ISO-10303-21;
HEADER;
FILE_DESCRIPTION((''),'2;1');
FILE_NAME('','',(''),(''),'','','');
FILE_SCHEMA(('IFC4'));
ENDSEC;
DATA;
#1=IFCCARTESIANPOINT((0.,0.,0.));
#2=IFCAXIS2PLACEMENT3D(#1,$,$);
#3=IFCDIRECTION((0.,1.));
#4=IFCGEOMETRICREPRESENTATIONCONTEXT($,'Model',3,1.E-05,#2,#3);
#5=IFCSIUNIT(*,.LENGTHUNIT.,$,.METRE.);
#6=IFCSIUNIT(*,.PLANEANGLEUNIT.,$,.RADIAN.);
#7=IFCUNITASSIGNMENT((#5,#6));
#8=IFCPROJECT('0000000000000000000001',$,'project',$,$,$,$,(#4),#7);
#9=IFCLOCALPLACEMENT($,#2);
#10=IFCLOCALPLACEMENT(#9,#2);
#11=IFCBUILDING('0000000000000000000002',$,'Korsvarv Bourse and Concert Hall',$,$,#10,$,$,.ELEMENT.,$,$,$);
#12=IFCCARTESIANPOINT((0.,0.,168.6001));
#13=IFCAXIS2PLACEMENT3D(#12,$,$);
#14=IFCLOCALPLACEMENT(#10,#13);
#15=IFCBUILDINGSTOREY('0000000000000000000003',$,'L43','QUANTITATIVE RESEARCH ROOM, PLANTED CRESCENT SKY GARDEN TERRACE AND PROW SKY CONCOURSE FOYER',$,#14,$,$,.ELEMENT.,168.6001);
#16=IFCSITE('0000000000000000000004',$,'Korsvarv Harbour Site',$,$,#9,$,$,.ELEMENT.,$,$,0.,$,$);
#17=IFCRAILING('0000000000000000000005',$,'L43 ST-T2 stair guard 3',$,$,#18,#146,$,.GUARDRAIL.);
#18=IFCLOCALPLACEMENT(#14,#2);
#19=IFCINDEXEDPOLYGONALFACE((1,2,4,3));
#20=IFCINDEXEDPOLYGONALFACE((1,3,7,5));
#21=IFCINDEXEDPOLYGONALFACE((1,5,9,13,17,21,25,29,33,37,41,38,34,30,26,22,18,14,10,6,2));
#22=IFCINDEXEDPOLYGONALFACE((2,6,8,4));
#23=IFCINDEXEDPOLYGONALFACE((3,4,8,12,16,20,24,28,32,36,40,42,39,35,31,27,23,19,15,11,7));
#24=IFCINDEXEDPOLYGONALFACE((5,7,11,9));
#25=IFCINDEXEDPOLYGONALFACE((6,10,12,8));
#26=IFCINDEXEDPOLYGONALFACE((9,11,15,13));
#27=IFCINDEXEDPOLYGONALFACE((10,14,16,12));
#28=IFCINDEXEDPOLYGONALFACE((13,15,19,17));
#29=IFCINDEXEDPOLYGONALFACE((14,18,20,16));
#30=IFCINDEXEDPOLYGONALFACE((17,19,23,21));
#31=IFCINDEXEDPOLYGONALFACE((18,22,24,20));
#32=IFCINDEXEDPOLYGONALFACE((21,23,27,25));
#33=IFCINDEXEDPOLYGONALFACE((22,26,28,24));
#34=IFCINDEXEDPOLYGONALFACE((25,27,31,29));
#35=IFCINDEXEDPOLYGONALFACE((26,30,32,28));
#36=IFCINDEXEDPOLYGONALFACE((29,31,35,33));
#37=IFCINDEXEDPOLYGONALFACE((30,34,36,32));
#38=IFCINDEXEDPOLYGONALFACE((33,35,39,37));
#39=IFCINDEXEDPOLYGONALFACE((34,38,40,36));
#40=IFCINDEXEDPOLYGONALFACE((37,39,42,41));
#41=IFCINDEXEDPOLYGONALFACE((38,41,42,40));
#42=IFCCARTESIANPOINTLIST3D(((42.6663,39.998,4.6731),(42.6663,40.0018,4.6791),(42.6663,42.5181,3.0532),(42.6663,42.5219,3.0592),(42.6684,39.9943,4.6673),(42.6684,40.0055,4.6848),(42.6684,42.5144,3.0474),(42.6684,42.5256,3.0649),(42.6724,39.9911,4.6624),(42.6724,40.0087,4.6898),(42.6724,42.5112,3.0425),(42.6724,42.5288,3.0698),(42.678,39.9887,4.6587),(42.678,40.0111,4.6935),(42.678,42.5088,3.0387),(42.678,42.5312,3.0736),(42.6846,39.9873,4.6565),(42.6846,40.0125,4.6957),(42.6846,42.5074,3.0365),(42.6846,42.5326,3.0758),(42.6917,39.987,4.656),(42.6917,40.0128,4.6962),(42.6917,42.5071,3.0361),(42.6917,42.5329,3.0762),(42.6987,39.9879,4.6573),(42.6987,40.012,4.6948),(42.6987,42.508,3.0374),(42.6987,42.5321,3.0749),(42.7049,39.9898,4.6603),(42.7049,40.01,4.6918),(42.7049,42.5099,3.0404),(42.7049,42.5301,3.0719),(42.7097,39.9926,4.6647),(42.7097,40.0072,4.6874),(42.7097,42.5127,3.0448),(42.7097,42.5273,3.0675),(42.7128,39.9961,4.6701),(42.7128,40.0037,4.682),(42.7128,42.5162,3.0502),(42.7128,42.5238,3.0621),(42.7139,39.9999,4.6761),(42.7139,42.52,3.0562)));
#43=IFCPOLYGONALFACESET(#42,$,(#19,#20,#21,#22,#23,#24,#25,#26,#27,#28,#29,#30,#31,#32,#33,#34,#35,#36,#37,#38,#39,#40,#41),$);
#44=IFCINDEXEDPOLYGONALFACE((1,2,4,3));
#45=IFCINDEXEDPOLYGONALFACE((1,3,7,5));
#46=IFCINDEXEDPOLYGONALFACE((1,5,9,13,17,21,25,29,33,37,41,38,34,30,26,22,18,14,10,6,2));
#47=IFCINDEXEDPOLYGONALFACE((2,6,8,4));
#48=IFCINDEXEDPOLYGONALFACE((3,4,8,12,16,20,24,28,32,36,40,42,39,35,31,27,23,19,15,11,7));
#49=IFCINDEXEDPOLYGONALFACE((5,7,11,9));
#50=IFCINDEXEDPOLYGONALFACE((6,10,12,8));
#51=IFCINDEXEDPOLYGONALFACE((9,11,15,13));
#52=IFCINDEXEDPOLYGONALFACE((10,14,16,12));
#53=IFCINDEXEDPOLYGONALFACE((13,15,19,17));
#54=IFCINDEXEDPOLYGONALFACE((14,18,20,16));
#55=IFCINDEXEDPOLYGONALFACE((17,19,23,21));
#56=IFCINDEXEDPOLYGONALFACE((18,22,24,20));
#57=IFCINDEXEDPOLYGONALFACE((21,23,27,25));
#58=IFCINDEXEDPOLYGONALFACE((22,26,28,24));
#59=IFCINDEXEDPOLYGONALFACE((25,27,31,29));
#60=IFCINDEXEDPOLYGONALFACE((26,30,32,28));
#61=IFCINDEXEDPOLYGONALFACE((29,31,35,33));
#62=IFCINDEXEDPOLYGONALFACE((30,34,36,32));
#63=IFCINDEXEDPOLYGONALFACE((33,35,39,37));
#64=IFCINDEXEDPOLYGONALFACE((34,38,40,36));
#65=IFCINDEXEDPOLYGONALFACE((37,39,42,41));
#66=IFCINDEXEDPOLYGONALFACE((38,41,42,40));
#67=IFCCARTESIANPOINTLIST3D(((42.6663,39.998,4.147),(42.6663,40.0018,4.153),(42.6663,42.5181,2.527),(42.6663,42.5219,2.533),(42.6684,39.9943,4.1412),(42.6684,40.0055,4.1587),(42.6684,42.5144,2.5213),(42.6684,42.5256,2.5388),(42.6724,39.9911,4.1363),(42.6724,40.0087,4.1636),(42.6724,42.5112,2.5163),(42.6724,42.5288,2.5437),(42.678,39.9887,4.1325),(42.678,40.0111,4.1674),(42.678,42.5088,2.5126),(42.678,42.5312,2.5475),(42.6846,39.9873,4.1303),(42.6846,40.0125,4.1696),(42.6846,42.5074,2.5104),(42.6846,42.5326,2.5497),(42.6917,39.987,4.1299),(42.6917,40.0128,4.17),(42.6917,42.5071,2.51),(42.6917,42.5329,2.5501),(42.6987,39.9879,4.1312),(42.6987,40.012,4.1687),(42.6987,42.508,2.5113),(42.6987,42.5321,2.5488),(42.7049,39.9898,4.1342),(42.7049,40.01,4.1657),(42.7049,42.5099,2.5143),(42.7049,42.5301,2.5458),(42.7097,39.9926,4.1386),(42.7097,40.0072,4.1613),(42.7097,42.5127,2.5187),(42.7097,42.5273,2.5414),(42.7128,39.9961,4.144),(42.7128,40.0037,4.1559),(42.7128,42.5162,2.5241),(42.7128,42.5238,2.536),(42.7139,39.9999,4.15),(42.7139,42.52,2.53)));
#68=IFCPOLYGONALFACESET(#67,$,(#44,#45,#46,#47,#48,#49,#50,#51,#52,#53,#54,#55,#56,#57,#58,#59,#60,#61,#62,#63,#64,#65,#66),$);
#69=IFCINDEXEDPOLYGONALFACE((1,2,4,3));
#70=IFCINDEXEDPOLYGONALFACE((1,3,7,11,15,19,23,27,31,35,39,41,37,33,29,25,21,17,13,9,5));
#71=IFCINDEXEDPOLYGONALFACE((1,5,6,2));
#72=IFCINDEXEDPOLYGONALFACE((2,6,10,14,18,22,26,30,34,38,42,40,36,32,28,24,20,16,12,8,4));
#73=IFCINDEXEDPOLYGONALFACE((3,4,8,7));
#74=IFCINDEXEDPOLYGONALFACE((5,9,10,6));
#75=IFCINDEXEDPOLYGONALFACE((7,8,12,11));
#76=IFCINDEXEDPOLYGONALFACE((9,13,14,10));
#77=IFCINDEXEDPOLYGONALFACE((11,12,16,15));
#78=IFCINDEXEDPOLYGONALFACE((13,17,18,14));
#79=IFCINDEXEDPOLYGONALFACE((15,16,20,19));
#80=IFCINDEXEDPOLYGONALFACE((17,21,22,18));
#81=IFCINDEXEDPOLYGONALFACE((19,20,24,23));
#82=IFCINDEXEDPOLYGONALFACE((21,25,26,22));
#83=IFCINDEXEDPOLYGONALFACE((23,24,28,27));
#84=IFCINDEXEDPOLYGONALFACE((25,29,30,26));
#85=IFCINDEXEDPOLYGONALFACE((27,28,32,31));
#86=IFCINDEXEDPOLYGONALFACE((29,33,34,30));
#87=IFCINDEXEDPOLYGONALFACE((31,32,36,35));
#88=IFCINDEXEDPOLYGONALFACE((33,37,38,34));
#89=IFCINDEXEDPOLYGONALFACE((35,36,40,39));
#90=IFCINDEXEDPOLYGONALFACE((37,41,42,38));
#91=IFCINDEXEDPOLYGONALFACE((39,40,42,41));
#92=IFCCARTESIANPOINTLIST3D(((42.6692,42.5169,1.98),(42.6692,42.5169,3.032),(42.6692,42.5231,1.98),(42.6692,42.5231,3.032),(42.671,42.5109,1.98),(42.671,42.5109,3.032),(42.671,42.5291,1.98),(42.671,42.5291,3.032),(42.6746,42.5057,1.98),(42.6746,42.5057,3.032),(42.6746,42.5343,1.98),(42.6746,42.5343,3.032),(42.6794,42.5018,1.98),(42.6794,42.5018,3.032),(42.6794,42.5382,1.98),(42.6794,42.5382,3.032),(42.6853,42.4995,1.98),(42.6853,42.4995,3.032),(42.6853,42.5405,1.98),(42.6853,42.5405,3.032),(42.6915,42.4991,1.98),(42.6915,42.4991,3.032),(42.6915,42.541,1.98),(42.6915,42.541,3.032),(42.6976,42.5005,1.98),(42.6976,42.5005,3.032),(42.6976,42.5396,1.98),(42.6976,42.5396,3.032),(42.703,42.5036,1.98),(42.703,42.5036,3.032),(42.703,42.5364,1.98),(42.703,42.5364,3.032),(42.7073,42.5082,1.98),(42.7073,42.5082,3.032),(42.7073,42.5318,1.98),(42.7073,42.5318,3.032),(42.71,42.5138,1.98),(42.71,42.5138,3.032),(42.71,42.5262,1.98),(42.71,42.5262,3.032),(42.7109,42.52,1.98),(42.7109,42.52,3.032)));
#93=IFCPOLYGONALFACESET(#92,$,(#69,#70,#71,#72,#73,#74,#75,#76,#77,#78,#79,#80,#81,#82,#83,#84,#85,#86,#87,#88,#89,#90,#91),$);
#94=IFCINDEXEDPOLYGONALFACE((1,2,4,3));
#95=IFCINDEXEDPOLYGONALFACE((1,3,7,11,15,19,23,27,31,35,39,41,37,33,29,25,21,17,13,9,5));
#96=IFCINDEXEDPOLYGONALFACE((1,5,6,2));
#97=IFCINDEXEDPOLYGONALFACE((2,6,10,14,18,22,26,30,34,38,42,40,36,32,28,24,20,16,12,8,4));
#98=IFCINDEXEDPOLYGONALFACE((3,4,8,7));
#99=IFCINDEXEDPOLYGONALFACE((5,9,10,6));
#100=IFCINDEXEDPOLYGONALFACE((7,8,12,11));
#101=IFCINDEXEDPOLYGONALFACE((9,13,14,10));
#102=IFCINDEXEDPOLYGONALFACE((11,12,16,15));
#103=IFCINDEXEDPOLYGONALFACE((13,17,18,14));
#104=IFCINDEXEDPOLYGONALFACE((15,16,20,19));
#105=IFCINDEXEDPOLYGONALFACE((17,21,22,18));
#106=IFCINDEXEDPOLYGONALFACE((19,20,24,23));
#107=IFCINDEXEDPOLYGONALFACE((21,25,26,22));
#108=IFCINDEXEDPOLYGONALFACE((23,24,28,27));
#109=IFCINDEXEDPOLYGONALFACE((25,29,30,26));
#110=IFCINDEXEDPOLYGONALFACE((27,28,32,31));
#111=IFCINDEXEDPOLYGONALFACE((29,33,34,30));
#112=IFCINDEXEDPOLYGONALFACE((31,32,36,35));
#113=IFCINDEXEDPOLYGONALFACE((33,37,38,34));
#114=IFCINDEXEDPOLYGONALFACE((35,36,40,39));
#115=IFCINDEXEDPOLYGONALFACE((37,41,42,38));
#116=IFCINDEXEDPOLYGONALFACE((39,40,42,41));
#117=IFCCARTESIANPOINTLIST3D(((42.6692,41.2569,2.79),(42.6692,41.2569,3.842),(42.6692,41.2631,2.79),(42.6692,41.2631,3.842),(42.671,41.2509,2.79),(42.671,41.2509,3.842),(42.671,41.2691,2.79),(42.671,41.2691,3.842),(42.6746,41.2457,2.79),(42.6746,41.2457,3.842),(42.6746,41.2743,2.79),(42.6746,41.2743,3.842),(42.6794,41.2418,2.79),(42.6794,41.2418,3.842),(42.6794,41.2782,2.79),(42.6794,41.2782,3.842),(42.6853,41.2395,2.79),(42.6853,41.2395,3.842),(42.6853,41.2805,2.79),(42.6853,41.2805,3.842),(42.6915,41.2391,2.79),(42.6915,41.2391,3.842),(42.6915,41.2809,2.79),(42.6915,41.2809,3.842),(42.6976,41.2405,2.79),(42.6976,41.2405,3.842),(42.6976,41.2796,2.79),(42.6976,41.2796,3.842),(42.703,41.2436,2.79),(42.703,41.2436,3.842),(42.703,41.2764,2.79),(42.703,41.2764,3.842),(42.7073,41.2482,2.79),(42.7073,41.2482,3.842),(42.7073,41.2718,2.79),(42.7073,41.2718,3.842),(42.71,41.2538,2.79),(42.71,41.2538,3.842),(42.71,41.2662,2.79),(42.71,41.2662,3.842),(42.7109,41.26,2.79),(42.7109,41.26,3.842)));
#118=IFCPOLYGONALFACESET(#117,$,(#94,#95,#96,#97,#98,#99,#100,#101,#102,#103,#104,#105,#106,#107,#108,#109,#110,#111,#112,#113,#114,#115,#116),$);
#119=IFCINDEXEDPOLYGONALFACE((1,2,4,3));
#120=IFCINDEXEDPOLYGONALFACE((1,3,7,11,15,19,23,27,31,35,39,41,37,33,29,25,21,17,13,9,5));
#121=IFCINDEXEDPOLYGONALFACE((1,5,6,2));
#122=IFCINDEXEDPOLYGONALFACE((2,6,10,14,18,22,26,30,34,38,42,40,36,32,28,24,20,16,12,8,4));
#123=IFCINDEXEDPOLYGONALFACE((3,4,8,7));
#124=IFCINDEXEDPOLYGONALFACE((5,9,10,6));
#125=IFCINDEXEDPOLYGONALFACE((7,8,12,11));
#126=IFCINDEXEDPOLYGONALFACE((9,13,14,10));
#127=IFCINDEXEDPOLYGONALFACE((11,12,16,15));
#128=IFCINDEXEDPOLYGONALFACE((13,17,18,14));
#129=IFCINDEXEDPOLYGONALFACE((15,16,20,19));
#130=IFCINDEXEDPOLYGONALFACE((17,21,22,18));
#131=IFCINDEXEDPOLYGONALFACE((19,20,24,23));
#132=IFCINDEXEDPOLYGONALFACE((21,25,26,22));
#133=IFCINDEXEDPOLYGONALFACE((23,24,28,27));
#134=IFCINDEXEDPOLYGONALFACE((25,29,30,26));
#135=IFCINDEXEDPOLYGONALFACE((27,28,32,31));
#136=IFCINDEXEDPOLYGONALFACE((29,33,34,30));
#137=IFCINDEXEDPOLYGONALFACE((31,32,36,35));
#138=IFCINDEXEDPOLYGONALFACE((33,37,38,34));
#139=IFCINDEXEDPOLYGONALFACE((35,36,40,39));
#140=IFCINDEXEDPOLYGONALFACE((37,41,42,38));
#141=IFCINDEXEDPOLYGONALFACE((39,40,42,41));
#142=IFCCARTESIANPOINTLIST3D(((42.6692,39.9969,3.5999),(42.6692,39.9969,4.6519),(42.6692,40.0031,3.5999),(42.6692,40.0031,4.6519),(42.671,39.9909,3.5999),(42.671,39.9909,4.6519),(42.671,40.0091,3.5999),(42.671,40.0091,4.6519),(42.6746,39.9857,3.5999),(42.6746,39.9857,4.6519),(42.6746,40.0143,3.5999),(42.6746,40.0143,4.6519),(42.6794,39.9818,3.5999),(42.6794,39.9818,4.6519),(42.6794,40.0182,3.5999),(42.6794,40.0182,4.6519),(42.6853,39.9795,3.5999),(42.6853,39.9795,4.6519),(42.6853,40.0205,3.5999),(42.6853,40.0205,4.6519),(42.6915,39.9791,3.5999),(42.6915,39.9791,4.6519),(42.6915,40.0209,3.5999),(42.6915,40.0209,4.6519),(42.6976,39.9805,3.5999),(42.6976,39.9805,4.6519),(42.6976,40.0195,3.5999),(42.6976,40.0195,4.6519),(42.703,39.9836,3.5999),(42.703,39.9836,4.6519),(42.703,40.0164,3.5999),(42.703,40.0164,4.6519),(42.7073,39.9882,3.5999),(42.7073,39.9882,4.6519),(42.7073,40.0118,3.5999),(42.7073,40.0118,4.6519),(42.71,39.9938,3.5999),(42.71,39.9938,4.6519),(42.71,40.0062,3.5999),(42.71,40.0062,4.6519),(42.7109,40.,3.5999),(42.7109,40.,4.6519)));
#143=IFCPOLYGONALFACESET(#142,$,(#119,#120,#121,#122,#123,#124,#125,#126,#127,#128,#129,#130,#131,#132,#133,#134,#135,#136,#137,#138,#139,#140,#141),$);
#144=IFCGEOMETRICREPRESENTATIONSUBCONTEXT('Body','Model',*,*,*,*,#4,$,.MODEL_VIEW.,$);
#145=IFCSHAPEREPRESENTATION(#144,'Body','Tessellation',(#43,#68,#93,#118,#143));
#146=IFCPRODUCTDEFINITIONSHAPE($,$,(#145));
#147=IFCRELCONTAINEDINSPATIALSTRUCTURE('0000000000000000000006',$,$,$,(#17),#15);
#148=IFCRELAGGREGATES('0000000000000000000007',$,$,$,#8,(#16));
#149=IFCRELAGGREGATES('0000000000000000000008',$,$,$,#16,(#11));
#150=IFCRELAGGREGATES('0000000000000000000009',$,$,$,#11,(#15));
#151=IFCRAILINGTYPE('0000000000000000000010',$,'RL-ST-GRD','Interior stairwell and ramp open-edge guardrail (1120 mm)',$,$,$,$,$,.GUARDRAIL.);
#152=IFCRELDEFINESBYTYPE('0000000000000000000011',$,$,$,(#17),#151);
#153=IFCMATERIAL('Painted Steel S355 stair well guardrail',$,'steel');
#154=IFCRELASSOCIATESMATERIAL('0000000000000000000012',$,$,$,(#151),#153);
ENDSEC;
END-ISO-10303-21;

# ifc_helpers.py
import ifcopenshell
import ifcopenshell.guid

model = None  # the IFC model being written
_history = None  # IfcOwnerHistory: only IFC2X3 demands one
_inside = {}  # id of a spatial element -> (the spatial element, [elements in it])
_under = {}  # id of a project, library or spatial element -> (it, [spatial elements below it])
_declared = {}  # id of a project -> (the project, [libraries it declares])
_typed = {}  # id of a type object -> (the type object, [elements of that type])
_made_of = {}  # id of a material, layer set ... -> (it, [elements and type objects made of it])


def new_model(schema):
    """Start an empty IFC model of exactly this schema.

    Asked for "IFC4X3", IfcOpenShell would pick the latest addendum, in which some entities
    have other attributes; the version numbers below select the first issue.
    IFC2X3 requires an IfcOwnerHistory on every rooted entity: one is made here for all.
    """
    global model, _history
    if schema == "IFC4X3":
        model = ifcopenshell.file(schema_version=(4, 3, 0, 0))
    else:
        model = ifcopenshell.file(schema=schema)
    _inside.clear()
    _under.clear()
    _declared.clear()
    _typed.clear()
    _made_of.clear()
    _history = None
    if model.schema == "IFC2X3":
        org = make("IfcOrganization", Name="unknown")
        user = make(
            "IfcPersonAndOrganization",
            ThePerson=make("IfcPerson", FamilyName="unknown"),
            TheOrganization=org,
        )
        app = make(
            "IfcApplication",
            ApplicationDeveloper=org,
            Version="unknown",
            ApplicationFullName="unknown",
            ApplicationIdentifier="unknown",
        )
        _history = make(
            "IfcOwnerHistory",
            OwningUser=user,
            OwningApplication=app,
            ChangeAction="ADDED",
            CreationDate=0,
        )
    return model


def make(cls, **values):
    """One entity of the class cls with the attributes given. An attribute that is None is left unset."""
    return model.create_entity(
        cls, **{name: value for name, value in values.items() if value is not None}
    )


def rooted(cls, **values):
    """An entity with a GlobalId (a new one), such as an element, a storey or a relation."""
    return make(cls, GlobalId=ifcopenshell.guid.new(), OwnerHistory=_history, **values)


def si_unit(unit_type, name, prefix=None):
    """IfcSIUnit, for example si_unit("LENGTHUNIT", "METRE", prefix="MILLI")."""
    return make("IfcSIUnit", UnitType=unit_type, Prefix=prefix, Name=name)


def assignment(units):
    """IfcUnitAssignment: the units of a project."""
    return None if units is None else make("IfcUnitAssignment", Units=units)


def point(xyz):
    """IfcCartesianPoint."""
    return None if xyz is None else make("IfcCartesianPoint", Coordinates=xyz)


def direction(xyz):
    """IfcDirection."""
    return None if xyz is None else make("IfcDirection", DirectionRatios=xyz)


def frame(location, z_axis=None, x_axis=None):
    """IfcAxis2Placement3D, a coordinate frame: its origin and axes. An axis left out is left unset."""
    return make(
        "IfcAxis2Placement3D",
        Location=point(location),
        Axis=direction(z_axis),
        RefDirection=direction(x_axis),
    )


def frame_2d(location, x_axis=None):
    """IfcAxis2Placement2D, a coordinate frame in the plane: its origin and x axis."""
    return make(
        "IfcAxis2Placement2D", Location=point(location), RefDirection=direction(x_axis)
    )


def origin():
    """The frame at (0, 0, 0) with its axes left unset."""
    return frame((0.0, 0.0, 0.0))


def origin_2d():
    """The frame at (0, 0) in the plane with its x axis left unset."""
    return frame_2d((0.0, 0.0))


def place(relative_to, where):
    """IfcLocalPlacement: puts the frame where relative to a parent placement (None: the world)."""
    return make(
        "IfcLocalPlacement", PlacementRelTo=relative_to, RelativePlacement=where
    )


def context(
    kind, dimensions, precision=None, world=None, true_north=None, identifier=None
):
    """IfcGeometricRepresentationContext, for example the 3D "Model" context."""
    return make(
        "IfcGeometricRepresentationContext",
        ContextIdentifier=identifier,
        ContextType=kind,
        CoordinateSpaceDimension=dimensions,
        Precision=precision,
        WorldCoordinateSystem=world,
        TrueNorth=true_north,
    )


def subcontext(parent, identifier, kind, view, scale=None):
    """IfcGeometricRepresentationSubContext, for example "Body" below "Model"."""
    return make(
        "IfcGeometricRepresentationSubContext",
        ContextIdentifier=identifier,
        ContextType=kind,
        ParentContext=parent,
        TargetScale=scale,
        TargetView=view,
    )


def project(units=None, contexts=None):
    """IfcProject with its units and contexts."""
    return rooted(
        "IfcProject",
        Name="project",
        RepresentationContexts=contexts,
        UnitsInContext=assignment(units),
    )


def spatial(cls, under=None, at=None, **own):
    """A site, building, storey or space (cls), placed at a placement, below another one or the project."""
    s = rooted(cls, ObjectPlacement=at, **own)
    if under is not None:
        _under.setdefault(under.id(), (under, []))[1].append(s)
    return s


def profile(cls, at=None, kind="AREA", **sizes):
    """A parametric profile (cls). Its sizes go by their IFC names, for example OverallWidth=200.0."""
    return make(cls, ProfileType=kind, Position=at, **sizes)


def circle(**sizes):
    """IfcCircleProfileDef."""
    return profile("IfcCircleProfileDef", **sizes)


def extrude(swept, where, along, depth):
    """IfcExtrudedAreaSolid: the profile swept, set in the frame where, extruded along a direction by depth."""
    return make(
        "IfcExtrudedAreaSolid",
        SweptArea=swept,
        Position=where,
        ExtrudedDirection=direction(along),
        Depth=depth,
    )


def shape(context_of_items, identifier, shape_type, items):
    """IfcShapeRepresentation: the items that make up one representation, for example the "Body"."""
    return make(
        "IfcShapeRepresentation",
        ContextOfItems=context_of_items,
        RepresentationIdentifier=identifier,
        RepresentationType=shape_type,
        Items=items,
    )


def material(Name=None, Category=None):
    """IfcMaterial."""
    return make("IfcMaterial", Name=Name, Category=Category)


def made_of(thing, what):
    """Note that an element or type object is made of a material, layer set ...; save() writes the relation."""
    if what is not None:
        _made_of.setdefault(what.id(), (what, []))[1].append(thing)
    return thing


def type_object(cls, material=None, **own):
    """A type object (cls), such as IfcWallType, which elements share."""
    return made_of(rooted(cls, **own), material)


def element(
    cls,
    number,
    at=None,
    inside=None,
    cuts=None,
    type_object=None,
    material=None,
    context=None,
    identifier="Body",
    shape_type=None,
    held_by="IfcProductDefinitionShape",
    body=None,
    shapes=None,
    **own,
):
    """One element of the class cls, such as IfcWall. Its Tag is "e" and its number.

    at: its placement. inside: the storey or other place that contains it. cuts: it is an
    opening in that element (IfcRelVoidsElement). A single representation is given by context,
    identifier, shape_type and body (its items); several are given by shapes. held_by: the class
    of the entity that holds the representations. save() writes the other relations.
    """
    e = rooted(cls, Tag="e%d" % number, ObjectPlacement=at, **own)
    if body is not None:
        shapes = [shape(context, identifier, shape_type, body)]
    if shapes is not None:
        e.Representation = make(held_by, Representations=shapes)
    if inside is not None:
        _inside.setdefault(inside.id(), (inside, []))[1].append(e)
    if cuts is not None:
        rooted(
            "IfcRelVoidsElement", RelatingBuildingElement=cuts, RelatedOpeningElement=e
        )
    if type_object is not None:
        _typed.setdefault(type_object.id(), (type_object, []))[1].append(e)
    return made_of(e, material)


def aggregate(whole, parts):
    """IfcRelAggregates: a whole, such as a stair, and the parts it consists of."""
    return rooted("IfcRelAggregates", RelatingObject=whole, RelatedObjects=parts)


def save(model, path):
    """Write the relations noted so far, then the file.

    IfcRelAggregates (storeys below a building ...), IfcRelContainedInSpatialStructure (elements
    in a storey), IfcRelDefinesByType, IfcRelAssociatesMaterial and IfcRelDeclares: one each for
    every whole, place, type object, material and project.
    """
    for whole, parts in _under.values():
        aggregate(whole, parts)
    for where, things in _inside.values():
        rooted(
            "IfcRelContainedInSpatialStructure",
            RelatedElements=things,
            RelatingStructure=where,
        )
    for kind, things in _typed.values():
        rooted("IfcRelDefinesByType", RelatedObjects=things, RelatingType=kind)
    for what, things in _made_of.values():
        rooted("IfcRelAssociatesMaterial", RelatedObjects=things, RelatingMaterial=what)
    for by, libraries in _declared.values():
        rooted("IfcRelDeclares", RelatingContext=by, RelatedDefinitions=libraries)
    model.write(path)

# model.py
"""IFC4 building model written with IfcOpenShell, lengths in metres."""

from ifc_helpers import new_model, si_unit, direction, frame, origin, origin_2d, place, context, subcontext, project, spatial, circle, extrude, material, type_object, element, save


model = new_model("IFC4")

# Units and contexts
model_context = context("Model", 3, precision=1e-05, world=origin(), true_north=direction((0.0, 1.0)))
body_context = subcontext(model_context, "Body", "Model", "MODEL_VIEW")
ifc_project = project(units=[si_unit("LENGTHUNIT", "METRE"), si_unit("PLANEANGLEUNIT", "RADIAN")], contexts=[model_context])

# Site, building, storey
site_placement = place(None, origin())
site = spatial("IfcSite", under=ifc_project, at=site_placement, Name="Korsvarv Harbour Site", CompositionType="ELEMENT", RefElevation=0.0)
building_placement = place(site_placement, origin())
building = spatial("IfcBuilding", under=site, at=building_placement, Name="Korsvarv Bourse and Concert Hall", CompositionType="ELEMENT")
storey_placement = place(building_placement, frame((0.0, 0.0, 168.6001)))
storey = spatial("IfcBuildingStorey", under=building, at=storey_placement, Name="L43", Description="QUANTITATIVE RESEARCH ROOM, PLANTED CRESCENT SKY GARDEN TERRACE AND PROW SKY CONCOURSE FOYER", CompositionType="ELEMENT", Elevation=168.6001)

# Railing
ifc_material_1 = material(Name="Painted Steel S355 stair well guardrail", Category="steel")
railing_type_1 = type_object("IfcRailingType", Name="RL-ST-GRD", Description="Interior stairwell and ramp open-edge guardrail (1120 mm)", PredefinedType="GUARDRAIL", material=ifc_material_1)
railing_1_placement = place(storey_placement, frame((42.6899, 42.52, 1.98)))
element("IfcRailing", 1, at=railing_1_placement, inside=storey, type_object=railing_type_1, Name="L43 ST-T2 stair guard 3", PredefinedType="GUARDRAIL", context=body_context, shape_type="SweptSolid", body=[
    extrude(circle(Radius=0.0239, at=origin_2d()), frame((0.0, 0.0, 1.0762), z_axis=(0.0, -0.8412, 0.540725), x_axis=(1.0, 0.0, 0.0)), (0.0, 0.0, 1.0), 2.9958),
    extrude(circle(Radius=0.0239, at=origin_2d()), frame((0.0, 0.0, 0.55), z_axis=(0.0, -0.8412, 0.540725), x_axis=(1.0, 0.0, 0.0)), (0.0, 0.0, 1.0), 2.9958),
    extrude(circle(Radius=0.021, at=origin_2d()), origin(), (0.0, 0.0, 1.0), 1.052),
    extrude(circle(Radius=0.021, at=origin_2d()), frame((0.0, -1.26, 0.8101)), (0.0, 0.0, 1.0), 1.052),
    extrude(circle(Radius=0.021, at=origin_2d()), frame((0.0, -2.52, 1.6199)), (0.0, 0.0, 1.0), 1.052),
])

save(model, "model.ifc")
